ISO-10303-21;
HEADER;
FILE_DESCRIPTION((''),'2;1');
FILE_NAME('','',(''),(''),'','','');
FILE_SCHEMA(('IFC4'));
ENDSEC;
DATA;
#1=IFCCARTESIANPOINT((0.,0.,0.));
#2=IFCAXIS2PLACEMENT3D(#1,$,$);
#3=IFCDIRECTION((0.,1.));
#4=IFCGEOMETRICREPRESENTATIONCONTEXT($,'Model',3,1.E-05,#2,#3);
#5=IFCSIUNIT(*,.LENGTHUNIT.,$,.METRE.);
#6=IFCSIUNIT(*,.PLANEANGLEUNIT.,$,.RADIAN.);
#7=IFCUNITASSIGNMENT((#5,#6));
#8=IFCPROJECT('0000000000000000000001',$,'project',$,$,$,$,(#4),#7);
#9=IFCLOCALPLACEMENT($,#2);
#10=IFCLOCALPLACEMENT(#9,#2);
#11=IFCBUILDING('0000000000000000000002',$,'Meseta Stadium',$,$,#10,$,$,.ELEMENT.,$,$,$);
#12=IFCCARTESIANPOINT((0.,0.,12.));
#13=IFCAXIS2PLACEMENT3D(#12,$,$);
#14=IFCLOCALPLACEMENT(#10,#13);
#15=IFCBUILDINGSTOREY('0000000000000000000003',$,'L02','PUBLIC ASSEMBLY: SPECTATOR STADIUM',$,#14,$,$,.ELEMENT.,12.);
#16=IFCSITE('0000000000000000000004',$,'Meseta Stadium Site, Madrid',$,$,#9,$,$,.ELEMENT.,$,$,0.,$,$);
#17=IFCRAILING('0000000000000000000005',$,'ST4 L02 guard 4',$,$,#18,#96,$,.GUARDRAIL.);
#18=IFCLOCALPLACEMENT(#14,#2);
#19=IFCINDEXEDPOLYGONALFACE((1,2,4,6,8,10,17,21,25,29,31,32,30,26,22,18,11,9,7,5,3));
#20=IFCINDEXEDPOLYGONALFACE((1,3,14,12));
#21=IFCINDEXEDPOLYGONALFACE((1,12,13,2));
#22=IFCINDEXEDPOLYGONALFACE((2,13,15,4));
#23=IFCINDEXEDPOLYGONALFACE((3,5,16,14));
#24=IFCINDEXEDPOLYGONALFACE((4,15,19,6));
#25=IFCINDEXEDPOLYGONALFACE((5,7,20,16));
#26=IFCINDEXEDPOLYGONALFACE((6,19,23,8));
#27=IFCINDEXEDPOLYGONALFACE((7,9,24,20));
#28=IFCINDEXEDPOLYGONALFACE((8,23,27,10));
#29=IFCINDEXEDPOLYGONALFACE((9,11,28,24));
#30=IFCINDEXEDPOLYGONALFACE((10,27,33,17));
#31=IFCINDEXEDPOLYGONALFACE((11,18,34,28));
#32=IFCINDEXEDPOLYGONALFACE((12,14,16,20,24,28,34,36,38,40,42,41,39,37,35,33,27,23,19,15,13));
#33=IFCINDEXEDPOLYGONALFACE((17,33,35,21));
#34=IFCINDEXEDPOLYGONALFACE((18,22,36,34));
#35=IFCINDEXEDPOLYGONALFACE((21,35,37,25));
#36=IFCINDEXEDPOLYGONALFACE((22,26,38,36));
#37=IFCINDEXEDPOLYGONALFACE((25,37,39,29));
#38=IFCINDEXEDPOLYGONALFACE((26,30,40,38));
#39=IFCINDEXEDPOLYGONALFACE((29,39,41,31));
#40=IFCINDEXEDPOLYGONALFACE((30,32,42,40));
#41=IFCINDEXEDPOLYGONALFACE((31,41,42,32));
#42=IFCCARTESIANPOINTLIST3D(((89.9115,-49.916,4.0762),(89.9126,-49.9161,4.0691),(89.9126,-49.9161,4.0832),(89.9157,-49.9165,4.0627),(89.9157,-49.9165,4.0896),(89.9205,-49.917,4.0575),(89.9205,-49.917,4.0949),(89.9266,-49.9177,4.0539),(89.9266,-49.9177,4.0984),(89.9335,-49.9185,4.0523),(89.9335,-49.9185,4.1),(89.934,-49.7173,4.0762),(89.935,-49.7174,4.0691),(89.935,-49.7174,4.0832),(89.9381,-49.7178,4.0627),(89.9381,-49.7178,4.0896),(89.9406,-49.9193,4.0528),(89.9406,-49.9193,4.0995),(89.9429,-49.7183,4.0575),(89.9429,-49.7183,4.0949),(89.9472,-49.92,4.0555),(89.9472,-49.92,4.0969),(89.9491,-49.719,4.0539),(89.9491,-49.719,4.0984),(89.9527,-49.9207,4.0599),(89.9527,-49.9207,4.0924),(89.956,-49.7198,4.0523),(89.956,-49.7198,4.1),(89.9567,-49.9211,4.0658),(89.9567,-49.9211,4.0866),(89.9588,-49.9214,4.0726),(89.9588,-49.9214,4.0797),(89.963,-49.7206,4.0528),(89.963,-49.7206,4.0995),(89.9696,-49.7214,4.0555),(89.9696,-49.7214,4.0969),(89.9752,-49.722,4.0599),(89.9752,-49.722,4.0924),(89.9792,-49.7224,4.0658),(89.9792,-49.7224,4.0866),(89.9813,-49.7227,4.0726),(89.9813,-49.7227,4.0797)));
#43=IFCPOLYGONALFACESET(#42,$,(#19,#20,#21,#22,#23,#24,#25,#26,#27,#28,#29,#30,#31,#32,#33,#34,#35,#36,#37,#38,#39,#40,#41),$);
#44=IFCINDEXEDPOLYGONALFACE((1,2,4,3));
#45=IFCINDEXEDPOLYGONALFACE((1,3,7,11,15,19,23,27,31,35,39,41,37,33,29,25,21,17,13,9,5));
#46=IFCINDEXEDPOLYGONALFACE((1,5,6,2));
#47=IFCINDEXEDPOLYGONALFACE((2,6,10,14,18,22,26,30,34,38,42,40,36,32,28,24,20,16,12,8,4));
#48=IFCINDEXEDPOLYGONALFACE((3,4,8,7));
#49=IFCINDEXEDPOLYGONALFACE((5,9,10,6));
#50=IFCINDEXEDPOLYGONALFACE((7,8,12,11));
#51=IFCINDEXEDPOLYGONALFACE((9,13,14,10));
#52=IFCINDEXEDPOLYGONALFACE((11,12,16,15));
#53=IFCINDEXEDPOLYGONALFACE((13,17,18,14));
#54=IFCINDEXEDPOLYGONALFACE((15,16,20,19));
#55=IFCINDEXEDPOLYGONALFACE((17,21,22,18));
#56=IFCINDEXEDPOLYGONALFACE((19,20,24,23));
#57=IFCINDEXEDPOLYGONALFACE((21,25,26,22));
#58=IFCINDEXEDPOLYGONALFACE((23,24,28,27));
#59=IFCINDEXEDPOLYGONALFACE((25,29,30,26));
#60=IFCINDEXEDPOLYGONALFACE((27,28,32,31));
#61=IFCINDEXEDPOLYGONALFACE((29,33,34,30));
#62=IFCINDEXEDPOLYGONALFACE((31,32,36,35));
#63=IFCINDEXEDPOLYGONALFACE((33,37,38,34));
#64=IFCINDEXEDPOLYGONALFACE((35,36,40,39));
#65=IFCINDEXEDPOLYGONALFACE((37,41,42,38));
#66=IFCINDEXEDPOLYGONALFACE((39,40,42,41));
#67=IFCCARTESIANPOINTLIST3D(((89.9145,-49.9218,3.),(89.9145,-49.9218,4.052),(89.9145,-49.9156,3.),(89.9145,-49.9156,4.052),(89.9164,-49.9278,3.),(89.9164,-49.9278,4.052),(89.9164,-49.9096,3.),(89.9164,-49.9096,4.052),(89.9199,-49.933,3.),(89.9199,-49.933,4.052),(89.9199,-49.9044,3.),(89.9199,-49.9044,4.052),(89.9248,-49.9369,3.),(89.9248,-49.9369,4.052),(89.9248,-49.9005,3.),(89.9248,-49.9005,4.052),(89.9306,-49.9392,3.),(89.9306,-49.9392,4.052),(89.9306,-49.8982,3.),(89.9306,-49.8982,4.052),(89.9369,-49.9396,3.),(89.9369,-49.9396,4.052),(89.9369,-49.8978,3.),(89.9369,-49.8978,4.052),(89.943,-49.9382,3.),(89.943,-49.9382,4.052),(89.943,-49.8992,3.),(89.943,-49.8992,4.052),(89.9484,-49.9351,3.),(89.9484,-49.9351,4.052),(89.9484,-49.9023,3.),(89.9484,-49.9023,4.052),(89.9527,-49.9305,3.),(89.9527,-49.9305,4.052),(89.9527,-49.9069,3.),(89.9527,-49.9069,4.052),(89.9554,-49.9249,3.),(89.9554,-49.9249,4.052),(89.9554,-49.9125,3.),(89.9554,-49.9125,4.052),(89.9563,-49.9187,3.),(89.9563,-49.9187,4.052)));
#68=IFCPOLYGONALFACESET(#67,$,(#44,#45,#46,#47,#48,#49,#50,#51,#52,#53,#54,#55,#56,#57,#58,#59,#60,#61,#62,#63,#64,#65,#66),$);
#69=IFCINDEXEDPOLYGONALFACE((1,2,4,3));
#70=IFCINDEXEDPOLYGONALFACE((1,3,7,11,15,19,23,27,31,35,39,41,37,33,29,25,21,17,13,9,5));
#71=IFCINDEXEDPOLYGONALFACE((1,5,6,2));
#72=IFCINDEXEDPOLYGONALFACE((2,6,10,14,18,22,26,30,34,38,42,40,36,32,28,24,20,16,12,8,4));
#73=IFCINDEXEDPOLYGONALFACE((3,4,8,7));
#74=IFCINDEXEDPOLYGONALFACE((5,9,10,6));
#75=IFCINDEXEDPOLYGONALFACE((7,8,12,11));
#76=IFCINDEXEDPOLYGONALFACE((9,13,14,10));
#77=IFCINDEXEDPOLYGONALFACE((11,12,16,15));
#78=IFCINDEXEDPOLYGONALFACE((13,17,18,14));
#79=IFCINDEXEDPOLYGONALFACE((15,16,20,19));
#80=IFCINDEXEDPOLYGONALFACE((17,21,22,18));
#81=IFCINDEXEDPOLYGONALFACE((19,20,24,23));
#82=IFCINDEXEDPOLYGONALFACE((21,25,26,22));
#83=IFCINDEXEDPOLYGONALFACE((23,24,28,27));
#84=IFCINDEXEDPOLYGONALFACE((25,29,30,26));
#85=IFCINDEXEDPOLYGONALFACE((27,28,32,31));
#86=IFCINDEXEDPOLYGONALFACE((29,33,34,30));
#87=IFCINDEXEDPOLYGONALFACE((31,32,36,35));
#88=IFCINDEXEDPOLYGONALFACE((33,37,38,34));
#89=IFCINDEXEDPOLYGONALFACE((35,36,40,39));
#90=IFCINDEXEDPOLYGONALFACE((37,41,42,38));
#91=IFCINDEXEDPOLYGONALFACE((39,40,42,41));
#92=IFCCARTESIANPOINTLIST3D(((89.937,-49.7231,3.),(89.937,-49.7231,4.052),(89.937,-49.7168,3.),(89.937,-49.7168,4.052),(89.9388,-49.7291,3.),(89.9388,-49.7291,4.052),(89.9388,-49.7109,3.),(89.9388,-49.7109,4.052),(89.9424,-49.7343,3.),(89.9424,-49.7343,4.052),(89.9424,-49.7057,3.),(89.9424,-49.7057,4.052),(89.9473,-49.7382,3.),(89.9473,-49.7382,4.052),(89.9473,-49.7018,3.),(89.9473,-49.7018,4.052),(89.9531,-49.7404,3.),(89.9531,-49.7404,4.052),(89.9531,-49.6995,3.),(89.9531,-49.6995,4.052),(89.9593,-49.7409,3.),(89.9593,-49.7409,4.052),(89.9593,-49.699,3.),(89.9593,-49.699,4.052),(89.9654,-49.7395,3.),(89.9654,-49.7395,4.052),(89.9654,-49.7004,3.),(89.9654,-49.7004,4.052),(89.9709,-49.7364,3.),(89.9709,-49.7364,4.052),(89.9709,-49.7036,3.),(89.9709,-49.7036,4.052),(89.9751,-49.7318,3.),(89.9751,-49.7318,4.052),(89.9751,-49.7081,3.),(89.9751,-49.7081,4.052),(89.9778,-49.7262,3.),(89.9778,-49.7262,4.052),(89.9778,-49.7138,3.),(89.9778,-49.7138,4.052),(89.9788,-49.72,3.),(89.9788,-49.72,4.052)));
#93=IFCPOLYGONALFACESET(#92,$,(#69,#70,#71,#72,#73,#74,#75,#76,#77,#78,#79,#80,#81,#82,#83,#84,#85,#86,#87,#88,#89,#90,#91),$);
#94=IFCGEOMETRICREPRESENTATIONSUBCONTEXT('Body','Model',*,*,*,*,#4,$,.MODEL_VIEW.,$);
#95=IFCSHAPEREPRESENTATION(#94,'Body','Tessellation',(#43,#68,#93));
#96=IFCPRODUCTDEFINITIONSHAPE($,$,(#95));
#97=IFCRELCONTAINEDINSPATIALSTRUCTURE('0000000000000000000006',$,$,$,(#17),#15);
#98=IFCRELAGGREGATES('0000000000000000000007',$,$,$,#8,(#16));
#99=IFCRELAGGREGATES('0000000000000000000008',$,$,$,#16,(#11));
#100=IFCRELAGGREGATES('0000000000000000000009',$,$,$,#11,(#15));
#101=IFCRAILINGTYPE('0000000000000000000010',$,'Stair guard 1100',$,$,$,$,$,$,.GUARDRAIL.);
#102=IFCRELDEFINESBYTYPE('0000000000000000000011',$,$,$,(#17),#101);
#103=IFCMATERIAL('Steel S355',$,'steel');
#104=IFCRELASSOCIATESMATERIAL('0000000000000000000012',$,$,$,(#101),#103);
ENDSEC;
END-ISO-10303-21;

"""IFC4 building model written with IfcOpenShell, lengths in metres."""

from ifc_helpers import new_model, si_unit, direction, frame, origin, origin_2d, place, context, subcontext, project, spatial, circle, extrude, material, type_object, element, save


model = new_model("IFC4")

# Units and contexts
model_context = context("Model", 3, precision=1e-05, world=origin(), true_north=direction((0.0, 1.0)))
body_context = subcontext(model_context, "Body", "Model", "MODEL_VIEW")
ifc_project = project(units=[si_unit("LENGTHUNIT", "METRE"), si_unit("PLANEANGLEUNIT", "RADIAN")], contexts=[model_context])

# Site, building, storey
site_placement = place(None, origin())
site = spatial("IfcSite", under=ifc_project, at=site_placement, Name="Meseta Stadium Site, Madrid", CompositionType="ELEMENT", RefElevation=0.0)
building_placement = place(site_placement, origin())
building = spatial("IfcBuilding", under=site, at=building_placement, Name="Meseta Stadium", CompositionType="ELEMENT")
storey_placement = place(building_placement, frame((0.0, 0.0, 12.0)))
storey = spatial("IfcBuildingStorey", under=building, at=storey_placement, Name="L02", Description="PUBLIC ASSEMBLY: SPECTATOR STADIUM", CompositionType="ELEMENT", Elevation=12.0)

# Railing
ifc_material_1 = material(Name="Steel S355", Category="steel")
railing_type_1 = type_object("IfcRailingType", Name="Stair guard 1100", PredefinedType="GUARDRAIL", material=ifc_material_1)
railing_1_placement = place(storey_placement, frame((89.9353, -49.9187, 3.0)))
element("IfcRailing", 1, at=railing_1_placement, inside=storey, type_object=railing_type_1, Name="ST4 L02 guard 4", PredefinedType="GUARDRAIL", context=body_context, shape_type="SweptSolid", body=[
    extrude(circle(Radius=0.0239, at=origin_2d()), frame((0.0, 0.0, 1.0762), z_axis=(0.112307, 0.993674, 0.0), x_axis=(-0.993674, 0.112307, 0.0)), (0.0, 0.0, 1.0), 0.2),
    extrude(circle(Radius=0.021, at=origin_2d()), origin(), (0.0, 0.0, 1.0), 1.052),
    extrude(circle(Radius=0.021, at=origin_2d()), frame((0.0225, 0.1987, 0.0)), (0.0, 0.0, 1.0), 1.052),
])

save(model, "model.ifc")
